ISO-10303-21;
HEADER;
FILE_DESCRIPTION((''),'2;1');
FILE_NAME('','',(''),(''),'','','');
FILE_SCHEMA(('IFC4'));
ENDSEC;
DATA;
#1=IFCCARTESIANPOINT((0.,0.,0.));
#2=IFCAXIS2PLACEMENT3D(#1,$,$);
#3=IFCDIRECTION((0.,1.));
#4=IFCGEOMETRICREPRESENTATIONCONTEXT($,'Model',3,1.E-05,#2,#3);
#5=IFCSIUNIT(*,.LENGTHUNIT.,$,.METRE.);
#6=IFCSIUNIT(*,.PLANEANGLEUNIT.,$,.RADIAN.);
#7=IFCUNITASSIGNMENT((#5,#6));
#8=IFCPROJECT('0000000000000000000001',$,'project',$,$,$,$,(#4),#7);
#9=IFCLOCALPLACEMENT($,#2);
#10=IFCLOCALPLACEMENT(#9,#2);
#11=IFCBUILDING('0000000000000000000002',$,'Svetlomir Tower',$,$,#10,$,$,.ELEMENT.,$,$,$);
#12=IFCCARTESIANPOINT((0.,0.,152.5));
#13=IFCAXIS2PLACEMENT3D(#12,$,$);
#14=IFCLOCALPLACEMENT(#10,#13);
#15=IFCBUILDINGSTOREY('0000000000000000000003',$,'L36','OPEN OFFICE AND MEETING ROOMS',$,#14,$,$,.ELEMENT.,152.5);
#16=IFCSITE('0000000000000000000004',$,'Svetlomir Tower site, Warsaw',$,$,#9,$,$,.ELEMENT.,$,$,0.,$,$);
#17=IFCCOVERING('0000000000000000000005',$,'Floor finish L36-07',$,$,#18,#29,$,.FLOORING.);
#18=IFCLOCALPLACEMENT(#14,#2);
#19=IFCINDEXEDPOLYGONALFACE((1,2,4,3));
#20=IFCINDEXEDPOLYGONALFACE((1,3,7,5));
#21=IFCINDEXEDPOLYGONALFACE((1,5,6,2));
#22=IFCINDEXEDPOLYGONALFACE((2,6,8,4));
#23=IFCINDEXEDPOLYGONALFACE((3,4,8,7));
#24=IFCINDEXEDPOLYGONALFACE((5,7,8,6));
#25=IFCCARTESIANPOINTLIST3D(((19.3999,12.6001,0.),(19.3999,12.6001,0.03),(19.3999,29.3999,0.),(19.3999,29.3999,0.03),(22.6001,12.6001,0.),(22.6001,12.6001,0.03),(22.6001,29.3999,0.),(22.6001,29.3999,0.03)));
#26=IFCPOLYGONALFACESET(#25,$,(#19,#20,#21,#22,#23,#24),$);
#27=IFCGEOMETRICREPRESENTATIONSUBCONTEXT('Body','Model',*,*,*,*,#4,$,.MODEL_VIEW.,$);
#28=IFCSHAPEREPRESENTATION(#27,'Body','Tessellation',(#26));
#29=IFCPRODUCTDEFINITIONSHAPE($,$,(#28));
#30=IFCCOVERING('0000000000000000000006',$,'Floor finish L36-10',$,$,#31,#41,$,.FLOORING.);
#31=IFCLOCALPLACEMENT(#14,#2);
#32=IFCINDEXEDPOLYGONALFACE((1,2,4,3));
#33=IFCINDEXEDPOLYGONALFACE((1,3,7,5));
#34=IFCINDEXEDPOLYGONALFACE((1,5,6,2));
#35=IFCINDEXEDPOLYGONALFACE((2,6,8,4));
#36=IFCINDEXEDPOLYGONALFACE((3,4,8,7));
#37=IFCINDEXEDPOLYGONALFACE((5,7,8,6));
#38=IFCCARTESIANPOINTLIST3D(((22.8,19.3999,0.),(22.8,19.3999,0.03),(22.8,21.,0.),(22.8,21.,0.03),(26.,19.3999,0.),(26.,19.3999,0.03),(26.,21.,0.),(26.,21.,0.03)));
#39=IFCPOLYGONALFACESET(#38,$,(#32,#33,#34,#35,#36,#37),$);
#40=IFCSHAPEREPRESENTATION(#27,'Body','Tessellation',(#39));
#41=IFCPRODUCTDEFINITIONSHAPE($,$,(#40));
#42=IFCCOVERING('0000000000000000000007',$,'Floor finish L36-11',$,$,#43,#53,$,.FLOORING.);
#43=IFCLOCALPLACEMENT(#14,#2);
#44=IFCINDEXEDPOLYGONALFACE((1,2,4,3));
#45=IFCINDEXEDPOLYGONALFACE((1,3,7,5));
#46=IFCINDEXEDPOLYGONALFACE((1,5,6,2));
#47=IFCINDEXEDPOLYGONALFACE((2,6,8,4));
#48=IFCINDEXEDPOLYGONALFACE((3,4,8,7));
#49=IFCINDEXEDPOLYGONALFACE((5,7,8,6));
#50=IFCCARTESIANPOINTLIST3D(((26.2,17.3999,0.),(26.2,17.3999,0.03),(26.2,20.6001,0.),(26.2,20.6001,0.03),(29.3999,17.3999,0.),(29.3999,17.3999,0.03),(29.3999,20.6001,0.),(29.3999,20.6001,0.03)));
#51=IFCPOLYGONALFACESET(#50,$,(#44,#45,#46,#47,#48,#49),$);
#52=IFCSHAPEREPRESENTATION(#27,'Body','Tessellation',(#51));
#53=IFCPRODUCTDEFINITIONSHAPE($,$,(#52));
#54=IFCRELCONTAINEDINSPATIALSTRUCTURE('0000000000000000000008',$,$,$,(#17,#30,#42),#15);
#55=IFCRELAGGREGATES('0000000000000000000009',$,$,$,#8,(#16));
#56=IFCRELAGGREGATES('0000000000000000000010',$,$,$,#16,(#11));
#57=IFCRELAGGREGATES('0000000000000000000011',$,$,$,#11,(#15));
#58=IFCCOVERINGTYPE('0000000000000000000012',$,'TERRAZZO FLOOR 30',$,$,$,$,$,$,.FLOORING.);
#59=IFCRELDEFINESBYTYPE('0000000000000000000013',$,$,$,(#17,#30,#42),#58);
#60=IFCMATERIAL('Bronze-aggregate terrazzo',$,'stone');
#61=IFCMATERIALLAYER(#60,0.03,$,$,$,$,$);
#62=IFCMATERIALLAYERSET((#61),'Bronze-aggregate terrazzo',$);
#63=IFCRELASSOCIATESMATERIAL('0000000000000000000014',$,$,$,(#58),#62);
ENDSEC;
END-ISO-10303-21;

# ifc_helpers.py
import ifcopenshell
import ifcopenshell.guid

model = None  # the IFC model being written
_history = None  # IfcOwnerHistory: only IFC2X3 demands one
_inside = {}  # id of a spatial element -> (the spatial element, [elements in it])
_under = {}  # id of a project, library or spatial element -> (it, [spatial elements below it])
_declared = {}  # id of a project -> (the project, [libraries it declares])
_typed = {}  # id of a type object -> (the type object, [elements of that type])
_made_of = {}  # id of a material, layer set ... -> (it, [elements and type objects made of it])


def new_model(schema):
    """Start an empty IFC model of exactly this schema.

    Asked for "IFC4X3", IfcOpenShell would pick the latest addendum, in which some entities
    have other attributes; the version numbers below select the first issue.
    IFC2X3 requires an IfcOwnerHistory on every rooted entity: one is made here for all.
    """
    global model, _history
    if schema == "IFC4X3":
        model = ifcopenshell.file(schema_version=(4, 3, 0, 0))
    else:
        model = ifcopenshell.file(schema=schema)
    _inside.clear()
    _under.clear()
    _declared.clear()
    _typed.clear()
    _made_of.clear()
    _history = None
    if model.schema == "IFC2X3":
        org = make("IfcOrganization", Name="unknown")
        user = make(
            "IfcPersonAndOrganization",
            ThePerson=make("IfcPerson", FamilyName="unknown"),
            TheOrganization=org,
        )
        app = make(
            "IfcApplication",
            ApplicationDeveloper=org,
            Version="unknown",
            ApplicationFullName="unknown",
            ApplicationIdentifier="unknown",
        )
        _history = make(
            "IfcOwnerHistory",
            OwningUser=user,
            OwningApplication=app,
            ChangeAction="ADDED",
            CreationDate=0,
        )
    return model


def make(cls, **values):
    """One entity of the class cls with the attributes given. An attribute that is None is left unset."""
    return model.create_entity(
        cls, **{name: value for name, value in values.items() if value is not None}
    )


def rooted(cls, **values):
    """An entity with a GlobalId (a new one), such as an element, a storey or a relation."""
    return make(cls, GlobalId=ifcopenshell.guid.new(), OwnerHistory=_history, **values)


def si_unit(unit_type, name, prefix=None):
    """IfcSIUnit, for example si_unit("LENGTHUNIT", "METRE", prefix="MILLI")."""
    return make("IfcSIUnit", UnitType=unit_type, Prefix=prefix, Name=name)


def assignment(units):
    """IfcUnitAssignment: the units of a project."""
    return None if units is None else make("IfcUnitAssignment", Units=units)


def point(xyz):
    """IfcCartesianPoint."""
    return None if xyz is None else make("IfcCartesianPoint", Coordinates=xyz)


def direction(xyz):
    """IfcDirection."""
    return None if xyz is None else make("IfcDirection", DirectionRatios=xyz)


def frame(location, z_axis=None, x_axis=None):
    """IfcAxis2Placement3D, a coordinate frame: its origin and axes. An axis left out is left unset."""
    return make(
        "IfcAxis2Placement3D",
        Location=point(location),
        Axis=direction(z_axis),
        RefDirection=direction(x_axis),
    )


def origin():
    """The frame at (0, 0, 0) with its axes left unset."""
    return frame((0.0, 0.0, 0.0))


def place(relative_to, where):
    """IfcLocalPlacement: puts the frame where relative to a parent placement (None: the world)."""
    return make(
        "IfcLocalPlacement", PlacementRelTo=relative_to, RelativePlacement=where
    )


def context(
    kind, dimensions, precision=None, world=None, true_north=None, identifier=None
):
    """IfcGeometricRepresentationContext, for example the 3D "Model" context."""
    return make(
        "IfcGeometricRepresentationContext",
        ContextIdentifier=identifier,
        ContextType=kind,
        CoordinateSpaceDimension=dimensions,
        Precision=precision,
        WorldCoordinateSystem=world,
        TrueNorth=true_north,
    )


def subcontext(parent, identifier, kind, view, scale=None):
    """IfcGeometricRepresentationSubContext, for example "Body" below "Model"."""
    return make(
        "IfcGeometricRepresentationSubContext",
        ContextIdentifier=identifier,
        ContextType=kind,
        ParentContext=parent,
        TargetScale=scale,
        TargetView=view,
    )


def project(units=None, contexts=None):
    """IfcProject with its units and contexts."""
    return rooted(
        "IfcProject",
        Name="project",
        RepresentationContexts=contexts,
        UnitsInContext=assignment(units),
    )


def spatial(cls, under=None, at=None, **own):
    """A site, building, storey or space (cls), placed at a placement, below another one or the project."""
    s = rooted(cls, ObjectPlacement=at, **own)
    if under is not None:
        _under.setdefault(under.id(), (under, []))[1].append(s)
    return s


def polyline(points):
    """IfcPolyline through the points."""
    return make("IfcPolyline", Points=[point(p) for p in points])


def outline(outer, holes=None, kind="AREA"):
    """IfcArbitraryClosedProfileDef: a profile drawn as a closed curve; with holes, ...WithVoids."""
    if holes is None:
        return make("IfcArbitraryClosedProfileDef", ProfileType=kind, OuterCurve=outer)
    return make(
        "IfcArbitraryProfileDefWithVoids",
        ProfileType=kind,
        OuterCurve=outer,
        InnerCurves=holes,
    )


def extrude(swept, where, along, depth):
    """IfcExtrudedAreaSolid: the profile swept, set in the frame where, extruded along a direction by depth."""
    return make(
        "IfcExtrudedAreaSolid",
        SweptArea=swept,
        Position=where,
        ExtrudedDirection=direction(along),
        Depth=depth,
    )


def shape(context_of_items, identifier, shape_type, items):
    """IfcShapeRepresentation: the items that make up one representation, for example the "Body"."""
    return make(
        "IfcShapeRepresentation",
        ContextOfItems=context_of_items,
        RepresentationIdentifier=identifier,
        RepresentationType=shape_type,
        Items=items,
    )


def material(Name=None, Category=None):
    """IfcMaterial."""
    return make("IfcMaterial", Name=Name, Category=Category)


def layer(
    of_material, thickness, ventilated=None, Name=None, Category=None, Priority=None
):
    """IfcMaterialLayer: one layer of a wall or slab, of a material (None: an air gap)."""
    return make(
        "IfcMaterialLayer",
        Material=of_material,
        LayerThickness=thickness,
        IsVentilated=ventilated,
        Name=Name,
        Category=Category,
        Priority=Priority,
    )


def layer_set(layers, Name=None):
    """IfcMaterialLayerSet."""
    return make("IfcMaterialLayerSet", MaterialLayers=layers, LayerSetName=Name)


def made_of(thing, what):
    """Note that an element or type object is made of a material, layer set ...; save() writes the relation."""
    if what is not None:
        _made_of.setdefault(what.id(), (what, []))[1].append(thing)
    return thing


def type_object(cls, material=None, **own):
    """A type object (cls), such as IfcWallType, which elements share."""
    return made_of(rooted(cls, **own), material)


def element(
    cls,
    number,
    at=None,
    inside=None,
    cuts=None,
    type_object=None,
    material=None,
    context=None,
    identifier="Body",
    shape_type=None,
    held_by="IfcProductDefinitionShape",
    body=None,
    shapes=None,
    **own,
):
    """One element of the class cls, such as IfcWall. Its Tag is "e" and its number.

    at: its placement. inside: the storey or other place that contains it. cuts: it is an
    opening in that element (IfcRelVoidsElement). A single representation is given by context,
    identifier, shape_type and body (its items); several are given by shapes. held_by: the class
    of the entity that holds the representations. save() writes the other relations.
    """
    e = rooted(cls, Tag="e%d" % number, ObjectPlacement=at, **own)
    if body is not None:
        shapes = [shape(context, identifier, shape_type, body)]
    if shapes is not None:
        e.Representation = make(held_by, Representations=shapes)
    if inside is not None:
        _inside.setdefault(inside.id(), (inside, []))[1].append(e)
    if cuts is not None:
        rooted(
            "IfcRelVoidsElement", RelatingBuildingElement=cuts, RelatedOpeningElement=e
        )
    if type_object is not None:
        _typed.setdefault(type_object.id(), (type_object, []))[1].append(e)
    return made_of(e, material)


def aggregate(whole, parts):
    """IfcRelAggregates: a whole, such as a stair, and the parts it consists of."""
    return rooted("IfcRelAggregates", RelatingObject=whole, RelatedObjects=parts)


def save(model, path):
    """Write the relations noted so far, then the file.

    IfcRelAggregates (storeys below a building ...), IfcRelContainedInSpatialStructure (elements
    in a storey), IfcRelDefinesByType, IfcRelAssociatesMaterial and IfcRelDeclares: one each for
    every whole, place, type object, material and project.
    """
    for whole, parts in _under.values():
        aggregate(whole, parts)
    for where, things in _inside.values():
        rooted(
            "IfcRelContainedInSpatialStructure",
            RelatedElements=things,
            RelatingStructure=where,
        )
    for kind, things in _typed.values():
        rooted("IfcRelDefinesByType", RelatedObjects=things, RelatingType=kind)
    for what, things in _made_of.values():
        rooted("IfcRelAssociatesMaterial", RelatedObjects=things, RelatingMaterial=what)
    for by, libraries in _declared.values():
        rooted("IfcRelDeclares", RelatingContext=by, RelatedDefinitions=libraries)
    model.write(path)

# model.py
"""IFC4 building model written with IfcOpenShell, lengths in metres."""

from ifc_helpers import new_model, si_unit, direction, frame, origin, place, context, subcontext, project, spatial, polyline, outline, extrude, material, layer, layer_set, type_object, element, save


model = new_model("IFC4")

# Units and contexts
model_context = context("Model", 3, precision=1e-05, world=origin(), true_north=direction((0.0, 1.0)))
body_context = subcontext(model_context, "Body", "Model", "MODEL_VIEW")
ifc_project = project(units=[si_unit("LENGTHUNIT", "METRE"), si_unit("PLANEANGLEUNIT", "RADIAN")], contexts=[model_context])

# Site, building, storey
site_placement = place(None, origin())
site = spatial("IfcSite", under=ifc_project, at=site_placement, Name="Svetlomir Tower site, Warsaw", CompositionType="ELEMENT", RefElevation=0.0)
building_placement = place(site_placement, origin())
building = spatial("IfcBuilding", under=site, at=building_placement, Name="Svetlomir Tower", CompositionType="ELEMENT")
storey_placement = place(building_placement, frame((0.0, 0.0, 152.5)))
storey = spatial("IfcBuildingStorey", under=building, at=storey_placement, Name="L36", Description="OPEN OFFICE AND MEETING ROOMS", CompositionType="ELEMENT", Elevation=152.5)

# Coverings
ifc_material_1 = material(Name="Bronze-aggregate terrazzo", Category="stone")
ifc_layer_1 = layer(ifc_material_1, 0.03)
ifc_layer_set_1 = layer_set([ifc_layer_1], Name="Bronze-aggregate terrazzo")
covering_type_1 = type_object("IfcCoveringType", Name="TERRAZZO FLOOR 30", PredefinedType="FLOORING", material=ifc_layer_set_1)
covering_1_placement = place(storey_placement, origin())
element("IfcCovering", 1, at=covering_1_placement, inside=storey, type_object=covering_type_1, Name="Floor finish L36-07", PredefinedType="FLOORING", context=body_context, shape_type="SweptSolid", body=[
    extrude(outline(polyline([(19.3999, 12.6001), (22.6001, 12.6001), (22.6001, 29.3999), (19.3999, 29.3999), (19.3999, 12.6001)])), origin(), (0.0, 0.0, 1.0), 0.03),
])
covering_2_placement = place(storey_placement, origin())
element("IfcCovering", 2, at=covering_2_placement, inside=storey, type_object=covering_type_1, Name="Floor finish L36-10", PredefinedType="FLOORING", context=body_context, shape_type="SweptSolid", body=[
    extrude(outline(polyline([(22.8, 19.3999), (26.0, 19.3999), (26.0, 21.0), (22.8, 21.0), (22.8, 19.3999)])), origin(), (0.0, 0.0, 1.0), 0.03),
])
covering_3_placement = place(storey_placement, origin())
element("IfcCovering", 3, at=covering_3_placement, inside=storey, type_object=covering_type_1, Name="Floor finish L36-11", PredefinedType="FLOORING", context=body_context, shape_type="SweptSolid", body=[
    extrude(outline(polyline([(26.2, 17.3999), (29.3999, 17.3999), (29.3999, 20.6001), (26.2, 20.6001), (26.2, 17.3999)])), origin(), (0.0, 0.0, 1.0), 0.03),
])

save(model, "model.ifc")
